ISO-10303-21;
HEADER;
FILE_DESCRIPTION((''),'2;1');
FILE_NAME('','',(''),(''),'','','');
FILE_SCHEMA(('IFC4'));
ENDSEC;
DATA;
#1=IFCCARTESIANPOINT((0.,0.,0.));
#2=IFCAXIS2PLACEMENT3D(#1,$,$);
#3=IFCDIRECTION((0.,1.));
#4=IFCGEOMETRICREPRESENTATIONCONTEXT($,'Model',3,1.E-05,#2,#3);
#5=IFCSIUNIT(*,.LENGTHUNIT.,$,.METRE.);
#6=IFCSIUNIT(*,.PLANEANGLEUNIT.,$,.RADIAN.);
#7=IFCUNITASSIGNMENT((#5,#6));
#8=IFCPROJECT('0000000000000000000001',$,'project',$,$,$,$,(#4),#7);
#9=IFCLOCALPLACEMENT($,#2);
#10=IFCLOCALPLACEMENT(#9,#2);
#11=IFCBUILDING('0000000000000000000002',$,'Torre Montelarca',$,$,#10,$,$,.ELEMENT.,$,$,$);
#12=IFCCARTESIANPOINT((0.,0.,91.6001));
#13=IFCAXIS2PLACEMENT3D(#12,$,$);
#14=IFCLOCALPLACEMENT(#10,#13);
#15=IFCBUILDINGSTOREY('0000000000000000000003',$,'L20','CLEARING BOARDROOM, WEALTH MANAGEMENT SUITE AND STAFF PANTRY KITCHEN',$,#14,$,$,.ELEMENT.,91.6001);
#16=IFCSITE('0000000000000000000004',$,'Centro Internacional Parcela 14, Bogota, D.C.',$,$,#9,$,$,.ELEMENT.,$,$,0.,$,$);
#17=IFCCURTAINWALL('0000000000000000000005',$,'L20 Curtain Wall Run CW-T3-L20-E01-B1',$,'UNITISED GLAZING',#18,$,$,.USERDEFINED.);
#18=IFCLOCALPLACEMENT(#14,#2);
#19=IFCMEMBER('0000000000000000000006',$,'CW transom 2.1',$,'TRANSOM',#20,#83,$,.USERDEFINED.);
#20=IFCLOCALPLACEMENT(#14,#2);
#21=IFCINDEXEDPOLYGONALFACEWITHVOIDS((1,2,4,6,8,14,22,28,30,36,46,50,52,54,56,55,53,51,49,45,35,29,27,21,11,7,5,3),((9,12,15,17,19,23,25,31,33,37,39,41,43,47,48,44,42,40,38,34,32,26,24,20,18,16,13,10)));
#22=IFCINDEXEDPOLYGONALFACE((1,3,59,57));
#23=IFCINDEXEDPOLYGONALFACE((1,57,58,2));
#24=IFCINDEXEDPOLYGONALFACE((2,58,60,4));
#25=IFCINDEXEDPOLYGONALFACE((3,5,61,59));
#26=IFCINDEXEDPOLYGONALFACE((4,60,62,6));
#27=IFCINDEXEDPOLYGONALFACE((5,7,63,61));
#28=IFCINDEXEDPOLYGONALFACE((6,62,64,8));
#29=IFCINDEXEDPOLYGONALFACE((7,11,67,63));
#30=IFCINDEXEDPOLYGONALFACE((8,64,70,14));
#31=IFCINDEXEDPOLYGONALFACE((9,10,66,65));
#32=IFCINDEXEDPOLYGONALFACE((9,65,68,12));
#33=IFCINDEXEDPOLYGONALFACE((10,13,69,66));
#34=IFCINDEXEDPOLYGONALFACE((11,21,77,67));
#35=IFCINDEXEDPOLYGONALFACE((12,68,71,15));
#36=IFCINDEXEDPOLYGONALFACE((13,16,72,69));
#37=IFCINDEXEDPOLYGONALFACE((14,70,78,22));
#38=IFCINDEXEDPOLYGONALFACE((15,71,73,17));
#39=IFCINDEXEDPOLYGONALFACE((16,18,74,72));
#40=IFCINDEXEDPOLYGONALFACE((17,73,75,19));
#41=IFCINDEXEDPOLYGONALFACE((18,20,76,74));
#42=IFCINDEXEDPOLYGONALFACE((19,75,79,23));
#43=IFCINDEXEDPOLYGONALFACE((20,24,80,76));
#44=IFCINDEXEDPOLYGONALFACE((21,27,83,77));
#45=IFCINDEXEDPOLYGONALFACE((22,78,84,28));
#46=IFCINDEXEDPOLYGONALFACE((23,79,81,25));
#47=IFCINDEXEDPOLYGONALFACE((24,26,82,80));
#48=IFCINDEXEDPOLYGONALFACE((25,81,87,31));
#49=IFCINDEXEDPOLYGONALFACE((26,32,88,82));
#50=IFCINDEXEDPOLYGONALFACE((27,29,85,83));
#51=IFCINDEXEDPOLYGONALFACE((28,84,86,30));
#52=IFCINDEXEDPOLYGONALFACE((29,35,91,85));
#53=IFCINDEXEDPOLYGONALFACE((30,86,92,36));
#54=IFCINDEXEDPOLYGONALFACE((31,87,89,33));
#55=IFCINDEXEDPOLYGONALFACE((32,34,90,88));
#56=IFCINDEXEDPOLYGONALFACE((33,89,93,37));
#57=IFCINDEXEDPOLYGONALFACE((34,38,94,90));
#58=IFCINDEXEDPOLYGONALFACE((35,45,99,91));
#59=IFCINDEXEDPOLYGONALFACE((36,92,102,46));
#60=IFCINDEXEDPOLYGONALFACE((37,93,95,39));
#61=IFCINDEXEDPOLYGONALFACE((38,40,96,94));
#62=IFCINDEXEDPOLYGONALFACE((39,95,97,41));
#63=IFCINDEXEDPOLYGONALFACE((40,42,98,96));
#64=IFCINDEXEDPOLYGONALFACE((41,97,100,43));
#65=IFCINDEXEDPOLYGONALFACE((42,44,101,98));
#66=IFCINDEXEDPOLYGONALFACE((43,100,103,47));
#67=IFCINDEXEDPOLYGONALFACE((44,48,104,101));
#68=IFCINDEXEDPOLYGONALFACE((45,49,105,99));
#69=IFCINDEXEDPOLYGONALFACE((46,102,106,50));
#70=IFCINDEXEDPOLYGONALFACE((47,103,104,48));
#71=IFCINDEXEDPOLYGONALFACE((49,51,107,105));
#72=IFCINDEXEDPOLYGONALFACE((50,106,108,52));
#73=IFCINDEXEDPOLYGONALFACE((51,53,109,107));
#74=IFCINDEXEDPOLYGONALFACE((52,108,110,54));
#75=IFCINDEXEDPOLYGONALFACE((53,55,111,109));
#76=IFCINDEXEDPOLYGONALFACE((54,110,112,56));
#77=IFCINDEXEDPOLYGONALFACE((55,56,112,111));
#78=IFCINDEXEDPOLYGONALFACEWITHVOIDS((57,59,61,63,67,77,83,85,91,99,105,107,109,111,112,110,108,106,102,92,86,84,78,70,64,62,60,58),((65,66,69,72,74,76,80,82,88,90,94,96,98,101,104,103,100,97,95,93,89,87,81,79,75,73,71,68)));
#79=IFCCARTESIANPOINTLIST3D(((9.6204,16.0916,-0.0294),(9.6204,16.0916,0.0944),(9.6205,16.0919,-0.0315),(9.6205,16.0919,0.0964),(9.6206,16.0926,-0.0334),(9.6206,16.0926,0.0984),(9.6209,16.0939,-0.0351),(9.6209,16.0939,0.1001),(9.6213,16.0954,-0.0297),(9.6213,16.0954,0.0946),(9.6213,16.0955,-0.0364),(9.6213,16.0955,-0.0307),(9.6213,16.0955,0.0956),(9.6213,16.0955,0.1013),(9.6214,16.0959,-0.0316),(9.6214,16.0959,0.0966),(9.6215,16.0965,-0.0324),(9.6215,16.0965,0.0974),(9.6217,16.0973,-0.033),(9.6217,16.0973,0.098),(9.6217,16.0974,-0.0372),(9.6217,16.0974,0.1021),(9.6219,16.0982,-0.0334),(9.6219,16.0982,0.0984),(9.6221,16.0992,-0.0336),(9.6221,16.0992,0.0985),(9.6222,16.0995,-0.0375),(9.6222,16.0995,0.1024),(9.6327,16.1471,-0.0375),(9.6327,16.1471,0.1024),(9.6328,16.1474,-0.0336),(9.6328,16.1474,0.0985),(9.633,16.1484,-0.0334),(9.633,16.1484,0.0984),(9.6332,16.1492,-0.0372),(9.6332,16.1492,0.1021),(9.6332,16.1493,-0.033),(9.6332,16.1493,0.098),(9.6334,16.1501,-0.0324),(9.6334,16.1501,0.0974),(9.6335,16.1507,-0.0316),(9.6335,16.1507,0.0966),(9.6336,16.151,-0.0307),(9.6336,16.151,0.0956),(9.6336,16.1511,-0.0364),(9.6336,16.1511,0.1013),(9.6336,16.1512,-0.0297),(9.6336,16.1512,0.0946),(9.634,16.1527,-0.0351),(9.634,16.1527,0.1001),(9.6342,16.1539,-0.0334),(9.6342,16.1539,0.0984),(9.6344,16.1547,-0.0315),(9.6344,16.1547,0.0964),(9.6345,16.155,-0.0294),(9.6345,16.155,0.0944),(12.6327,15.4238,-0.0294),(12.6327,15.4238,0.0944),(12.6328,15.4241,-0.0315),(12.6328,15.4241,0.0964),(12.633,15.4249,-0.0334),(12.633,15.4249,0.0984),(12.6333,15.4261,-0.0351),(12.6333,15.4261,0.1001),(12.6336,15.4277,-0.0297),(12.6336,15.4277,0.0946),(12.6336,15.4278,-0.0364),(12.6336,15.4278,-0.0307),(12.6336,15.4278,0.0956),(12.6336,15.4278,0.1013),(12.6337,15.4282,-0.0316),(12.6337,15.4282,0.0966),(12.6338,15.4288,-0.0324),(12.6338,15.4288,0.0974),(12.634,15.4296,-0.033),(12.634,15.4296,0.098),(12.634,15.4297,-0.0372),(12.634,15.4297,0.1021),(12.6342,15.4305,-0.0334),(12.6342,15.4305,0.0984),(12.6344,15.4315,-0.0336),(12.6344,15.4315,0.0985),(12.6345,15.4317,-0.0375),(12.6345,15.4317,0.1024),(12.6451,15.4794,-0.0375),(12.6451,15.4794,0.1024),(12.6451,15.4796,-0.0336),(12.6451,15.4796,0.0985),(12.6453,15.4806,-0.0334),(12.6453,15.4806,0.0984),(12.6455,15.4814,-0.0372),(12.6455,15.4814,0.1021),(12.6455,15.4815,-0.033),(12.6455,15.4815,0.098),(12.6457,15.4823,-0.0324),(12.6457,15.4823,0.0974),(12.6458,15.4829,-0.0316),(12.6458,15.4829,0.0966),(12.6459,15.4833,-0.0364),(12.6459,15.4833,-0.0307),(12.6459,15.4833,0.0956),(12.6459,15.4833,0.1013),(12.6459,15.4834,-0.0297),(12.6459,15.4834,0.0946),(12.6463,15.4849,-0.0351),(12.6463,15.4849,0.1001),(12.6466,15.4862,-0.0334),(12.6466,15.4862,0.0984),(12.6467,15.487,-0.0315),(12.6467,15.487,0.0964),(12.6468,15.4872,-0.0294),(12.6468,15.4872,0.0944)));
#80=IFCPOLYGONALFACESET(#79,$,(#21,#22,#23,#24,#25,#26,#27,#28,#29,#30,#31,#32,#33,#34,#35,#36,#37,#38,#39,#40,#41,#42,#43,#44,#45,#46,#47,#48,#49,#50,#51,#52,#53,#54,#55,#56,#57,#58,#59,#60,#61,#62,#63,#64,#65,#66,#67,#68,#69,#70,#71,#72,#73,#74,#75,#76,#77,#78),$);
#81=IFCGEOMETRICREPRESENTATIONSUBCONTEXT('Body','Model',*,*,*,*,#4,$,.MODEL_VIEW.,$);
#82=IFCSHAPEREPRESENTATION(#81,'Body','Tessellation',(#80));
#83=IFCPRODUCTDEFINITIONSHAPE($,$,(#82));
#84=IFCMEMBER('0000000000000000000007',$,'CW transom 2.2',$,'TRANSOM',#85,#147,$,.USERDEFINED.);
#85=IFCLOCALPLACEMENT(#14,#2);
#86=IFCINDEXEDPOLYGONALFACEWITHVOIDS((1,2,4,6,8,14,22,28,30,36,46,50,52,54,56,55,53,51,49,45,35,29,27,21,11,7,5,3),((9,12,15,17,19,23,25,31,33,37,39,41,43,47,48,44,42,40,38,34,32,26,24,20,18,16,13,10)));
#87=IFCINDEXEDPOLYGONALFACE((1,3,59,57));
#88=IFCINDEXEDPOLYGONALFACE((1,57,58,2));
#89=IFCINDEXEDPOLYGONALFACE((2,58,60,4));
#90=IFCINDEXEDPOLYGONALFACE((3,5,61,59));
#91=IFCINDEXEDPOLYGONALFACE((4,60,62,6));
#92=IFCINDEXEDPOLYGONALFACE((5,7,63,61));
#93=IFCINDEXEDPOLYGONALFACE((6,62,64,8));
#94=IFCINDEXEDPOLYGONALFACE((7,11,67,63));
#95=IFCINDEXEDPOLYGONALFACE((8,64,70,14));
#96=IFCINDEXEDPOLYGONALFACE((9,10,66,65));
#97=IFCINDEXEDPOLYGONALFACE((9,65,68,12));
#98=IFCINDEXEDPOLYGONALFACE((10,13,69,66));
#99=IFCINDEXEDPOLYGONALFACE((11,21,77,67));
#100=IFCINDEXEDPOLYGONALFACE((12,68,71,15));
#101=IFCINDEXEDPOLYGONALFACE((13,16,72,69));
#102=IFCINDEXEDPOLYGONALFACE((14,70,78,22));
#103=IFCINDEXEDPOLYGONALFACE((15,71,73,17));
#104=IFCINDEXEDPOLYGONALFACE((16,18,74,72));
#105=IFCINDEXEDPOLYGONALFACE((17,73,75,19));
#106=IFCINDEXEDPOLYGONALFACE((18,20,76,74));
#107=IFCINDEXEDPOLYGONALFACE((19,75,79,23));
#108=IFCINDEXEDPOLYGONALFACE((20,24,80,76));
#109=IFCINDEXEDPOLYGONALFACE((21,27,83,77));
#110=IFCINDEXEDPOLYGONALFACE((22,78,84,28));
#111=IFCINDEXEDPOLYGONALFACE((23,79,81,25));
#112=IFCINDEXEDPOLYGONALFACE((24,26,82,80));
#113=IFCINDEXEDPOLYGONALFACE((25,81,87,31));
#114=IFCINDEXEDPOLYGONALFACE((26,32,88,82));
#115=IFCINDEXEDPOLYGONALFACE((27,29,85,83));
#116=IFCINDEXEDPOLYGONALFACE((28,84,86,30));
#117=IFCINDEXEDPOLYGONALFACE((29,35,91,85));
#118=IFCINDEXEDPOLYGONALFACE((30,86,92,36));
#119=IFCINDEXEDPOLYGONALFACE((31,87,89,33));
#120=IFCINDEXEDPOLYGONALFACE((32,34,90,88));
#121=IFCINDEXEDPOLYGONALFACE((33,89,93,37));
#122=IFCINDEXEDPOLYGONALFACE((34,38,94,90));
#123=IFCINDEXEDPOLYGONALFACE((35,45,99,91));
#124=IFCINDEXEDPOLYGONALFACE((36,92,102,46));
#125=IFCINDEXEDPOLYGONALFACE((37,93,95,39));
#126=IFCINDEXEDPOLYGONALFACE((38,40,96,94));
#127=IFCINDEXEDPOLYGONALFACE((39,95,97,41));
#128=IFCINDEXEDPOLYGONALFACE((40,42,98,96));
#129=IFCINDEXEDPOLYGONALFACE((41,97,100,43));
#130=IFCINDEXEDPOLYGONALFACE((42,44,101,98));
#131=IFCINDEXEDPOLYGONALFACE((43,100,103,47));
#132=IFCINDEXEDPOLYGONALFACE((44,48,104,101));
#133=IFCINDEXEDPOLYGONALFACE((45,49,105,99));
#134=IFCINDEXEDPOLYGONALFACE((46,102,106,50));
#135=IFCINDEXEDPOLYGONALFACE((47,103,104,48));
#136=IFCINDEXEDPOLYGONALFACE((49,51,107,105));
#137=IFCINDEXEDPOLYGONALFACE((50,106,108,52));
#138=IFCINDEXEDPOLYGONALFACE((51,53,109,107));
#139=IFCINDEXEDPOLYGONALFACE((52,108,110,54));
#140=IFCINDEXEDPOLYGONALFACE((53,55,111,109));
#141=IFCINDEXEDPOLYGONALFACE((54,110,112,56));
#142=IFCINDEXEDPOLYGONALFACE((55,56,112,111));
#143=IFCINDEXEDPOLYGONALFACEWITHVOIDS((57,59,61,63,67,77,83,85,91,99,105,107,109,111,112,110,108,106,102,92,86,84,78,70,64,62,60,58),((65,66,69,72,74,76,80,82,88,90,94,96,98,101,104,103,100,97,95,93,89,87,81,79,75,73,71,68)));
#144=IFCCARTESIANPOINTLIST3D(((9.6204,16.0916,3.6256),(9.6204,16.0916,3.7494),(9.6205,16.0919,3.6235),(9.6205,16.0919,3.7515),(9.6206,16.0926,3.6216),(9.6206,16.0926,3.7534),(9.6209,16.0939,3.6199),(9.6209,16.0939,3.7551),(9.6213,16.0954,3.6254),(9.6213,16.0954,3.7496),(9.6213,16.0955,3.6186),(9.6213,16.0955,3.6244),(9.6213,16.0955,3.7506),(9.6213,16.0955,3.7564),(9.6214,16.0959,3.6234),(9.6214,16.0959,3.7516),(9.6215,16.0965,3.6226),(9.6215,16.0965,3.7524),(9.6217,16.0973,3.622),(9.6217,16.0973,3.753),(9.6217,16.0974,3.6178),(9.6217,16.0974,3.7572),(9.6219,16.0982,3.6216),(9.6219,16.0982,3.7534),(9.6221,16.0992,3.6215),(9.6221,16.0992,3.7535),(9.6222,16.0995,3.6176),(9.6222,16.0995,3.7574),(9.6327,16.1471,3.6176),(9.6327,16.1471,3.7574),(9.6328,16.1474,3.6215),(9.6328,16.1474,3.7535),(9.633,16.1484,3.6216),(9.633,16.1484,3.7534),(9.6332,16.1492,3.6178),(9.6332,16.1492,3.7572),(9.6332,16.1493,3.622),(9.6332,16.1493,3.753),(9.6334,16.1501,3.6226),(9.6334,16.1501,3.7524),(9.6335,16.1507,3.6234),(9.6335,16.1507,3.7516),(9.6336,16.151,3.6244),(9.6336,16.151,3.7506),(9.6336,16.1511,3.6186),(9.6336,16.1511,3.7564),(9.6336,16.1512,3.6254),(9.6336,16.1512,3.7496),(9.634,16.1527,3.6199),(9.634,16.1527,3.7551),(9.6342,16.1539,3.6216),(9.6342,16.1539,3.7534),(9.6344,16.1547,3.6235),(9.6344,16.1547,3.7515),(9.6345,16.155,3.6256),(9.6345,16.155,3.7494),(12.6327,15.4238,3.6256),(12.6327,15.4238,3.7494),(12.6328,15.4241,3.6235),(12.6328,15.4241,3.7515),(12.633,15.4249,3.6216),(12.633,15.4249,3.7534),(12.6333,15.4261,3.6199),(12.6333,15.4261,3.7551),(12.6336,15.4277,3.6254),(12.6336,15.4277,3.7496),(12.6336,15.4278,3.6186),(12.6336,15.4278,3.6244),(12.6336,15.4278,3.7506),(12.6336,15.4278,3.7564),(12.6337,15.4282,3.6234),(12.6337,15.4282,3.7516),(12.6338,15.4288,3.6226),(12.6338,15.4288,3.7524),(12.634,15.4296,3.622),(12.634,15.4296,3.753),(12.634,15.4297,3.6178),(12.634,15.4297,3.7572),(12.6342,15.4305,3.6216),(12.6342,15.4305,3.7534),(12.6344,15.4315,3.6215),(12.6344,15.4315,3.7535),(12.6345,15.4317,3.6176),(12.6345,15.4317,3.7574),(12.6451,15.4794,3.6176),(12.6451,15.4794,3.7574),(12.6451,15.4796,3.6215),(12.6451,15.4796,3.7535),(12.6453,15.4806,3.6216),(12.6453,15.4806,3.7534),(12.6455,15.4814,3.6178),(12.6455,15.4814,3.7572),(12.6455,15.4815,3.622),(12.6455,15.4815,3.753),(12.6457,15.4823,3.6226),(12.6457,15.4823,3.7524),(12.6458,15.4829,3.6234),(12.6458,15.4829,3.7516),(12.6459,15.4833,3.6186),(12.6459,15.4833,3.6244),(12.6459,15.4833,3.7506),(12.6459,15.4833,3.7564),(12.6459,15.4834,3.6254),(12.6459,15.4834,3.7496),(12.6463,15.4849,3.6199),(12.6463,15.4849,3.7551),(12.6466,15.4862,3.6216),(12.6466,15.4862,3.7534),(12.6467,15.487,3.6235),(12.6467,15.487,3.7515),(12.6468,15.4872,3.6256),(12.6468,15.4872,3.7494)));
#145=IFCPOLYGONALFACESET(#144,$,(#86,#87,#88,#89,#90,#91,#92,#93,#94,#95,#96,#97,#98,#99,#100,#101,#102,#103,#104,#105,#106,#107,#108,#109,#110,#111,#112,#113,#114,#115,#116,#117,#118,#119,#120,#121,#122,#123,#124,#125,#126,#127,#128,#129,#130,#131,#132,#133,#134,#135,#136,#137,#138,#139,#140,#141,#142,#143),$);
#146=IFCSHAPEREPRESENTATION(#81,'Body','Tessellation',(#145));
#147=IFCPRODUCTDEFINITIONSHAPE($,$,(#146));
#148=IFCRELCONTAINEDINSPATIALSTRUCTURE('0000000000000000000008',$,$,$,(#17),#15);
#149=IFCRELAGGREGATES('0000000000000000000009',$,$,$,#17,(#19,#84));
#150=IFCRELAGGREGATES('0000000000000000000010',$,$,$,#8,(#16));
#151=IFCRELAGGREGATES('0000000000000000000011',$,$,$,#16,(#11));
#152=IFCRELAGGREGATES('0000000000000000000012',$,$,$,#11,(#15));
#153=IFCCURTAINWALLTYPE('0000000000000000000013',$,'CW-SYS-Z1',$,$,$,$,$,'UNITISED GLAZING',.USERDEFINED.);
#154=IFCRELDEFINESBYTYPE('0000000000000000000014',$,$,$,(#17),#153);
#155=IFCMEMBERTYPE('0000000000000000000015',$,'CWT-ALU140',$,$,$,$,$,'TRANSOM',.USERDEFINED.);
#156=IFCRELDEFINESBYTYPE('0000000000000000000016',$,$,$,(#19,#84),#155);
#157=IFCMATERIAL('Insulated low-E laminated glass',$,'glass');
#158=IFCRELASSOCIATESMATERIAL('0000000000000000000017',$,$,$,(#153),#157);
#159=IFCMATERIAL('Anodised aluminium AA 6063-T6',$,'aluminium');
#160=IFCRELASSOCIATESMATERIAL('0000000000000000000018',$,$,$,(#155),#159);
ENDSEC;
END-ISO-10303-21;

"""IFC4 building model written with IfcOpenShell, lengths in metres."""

from ifc_helpers import new_model, si_unit, direction, frame, origin, origin_2d, place, context, subcontext, project, spatial, hollow_rectangle, extrude, source, transform, mapped, material, material_profile, profile_set, type_object, element, aggregate, save


model = new_model("IFC4")

# Units and contexts
model_context = context("Model", 3, precision=1e-05, world=origin(), true_north=direction((0.0, 1.0)))
body_context = subcontext(model_context, "Body", "Model", "MODEL_VIEW")
ifc_project = project(units=[si_unit("LENGTHUNIT", "METRE"), si_unit("PLANEANGLEUNIT", "RADIAN")], contexts=[model_context])

# Site, building, storey
site_placement = place(None, origin())
site = spatial("IfcSite", under=ifc_project, at=site_placement, Name="Centro Internacional Parcela 14, Bogota, D.C.", CompositionType="ELEMENT", RefElevation=0.0)
building_placement = place(site_placement, origin())
building = spatial("IfcBuilding", under=site, at=building_placement, Name="Torre Montelarca", CompositionType="ELEMENT")
storey_placement = place(building_placement, frame((0.0, 0.0, 91.6001)))
storey = spatial("IfcBuildingStorey", under=building, at=storey_placement, Name="L20", Description="CLEARING BOARDROOM, WEALTH MANAGEMENT SUITE AND STAFF PANTRY KITCHEN", CompositionType="ELEMENT", Elevation=91.6001)

# Curtain wall, members
ifc_material_1 = material(Name="Insulated low-E laminated glass", Category="glass")
curtain_wall_type = type_object("IfcCurtainWallType", Name="CW-SYS-Z1", ElementType="UNITISED GLAZING", PredefinedType="USERDEFINED", material=ifc_material_1)
curtain_wall_1_placement = place(storey_placement, origin())
curtain_wall_1 = element("IfcCurtainWall", 1, at=curtain_wall_1_placement, inside=storey, type_object=curtain_wall_type, Name="L20 Curtain Wall Run CW-T3-L20-E01-B1", ObjectType="UNITISED GLAZING", PredefinedType="USERDEFINED")
ifc_material_2 = material(Name="Anodised aluminium AA 6063-T6", Category="aluminium")
ifc_material_profile_1 = material_profile(ifc_material_2, hollow_rectangle(XDim=0.0649, YDim=0.1399, WallThickness=0.0039, InnerFilletRadius=0.0039, OuterFilletRadius=0.0081, at=origin_2d()), Name="ALU65X140X4", Category="aluminium")
ifc_profile_set_1 = profile_set([ifc_material_profile_1], Name="Anodised aluminium AA 6063-T6")
member_type_1 = type_object("IfcMemberType", Name="CWT-ALU140", ElementType="TRANSOM", PredefinedType="USERDEFINED", material=ifc_profile_set_1)
shared_shape_1 = source(origin(), body_context, "Body", "SweptSolid", [
    extrude(hollow_rectangle(XDim=0.0649, YDim=0.1399, WallThickness=0.0039, InnerFilletRadius=0.0039, OuterFilletRadius=0.0081, at=origin_2d()), origin(), (0.0, 0.0, 1.0), 3.0854),
])
member_1_placement = place(storey_placement, frame((9.6274, 16.1233, 0.0325), z_axis=(0.976301, -0.216419, 0.0), x_axis=(0.216419, 0.976301, 0.0)))
member_1 = element("IfcMember", 2, at=member_1_placement, type_object=member_type_1, Name="CW transom 2.1", ObjectType="TRANSOM", PredefinedType="USERDEFINED", context=body_context, shape_type="MappedRepresentation", body=[
    mapped(shared_shape_1, transform((0.0, 0.0, 0.0), scale=1.0)),
])
member_2_placement = place(storey_placement, frame((9.6274, 16.1233, 3.6875), z_axis=(0.976301, -0.216419, 0.0), x_axis=(0.216419, 0.976301, 0.0)))
member_2 = element("IfcMember", 3, at=member_2_placement, type_object=member_type_1, Name="CW transom 2.2", ObjectType="TRANSOM", PredefinedType="USERDEFINED", context=body_context, shape_type="MappedRepresentation", body=[
    mapped(shared_shape_1, transform((0.0, 0.0, 0.0), scale=1.0)),
])

aggregate(curtain_wall_1, [member_1, member_2])

save(model, "model.ifc")
